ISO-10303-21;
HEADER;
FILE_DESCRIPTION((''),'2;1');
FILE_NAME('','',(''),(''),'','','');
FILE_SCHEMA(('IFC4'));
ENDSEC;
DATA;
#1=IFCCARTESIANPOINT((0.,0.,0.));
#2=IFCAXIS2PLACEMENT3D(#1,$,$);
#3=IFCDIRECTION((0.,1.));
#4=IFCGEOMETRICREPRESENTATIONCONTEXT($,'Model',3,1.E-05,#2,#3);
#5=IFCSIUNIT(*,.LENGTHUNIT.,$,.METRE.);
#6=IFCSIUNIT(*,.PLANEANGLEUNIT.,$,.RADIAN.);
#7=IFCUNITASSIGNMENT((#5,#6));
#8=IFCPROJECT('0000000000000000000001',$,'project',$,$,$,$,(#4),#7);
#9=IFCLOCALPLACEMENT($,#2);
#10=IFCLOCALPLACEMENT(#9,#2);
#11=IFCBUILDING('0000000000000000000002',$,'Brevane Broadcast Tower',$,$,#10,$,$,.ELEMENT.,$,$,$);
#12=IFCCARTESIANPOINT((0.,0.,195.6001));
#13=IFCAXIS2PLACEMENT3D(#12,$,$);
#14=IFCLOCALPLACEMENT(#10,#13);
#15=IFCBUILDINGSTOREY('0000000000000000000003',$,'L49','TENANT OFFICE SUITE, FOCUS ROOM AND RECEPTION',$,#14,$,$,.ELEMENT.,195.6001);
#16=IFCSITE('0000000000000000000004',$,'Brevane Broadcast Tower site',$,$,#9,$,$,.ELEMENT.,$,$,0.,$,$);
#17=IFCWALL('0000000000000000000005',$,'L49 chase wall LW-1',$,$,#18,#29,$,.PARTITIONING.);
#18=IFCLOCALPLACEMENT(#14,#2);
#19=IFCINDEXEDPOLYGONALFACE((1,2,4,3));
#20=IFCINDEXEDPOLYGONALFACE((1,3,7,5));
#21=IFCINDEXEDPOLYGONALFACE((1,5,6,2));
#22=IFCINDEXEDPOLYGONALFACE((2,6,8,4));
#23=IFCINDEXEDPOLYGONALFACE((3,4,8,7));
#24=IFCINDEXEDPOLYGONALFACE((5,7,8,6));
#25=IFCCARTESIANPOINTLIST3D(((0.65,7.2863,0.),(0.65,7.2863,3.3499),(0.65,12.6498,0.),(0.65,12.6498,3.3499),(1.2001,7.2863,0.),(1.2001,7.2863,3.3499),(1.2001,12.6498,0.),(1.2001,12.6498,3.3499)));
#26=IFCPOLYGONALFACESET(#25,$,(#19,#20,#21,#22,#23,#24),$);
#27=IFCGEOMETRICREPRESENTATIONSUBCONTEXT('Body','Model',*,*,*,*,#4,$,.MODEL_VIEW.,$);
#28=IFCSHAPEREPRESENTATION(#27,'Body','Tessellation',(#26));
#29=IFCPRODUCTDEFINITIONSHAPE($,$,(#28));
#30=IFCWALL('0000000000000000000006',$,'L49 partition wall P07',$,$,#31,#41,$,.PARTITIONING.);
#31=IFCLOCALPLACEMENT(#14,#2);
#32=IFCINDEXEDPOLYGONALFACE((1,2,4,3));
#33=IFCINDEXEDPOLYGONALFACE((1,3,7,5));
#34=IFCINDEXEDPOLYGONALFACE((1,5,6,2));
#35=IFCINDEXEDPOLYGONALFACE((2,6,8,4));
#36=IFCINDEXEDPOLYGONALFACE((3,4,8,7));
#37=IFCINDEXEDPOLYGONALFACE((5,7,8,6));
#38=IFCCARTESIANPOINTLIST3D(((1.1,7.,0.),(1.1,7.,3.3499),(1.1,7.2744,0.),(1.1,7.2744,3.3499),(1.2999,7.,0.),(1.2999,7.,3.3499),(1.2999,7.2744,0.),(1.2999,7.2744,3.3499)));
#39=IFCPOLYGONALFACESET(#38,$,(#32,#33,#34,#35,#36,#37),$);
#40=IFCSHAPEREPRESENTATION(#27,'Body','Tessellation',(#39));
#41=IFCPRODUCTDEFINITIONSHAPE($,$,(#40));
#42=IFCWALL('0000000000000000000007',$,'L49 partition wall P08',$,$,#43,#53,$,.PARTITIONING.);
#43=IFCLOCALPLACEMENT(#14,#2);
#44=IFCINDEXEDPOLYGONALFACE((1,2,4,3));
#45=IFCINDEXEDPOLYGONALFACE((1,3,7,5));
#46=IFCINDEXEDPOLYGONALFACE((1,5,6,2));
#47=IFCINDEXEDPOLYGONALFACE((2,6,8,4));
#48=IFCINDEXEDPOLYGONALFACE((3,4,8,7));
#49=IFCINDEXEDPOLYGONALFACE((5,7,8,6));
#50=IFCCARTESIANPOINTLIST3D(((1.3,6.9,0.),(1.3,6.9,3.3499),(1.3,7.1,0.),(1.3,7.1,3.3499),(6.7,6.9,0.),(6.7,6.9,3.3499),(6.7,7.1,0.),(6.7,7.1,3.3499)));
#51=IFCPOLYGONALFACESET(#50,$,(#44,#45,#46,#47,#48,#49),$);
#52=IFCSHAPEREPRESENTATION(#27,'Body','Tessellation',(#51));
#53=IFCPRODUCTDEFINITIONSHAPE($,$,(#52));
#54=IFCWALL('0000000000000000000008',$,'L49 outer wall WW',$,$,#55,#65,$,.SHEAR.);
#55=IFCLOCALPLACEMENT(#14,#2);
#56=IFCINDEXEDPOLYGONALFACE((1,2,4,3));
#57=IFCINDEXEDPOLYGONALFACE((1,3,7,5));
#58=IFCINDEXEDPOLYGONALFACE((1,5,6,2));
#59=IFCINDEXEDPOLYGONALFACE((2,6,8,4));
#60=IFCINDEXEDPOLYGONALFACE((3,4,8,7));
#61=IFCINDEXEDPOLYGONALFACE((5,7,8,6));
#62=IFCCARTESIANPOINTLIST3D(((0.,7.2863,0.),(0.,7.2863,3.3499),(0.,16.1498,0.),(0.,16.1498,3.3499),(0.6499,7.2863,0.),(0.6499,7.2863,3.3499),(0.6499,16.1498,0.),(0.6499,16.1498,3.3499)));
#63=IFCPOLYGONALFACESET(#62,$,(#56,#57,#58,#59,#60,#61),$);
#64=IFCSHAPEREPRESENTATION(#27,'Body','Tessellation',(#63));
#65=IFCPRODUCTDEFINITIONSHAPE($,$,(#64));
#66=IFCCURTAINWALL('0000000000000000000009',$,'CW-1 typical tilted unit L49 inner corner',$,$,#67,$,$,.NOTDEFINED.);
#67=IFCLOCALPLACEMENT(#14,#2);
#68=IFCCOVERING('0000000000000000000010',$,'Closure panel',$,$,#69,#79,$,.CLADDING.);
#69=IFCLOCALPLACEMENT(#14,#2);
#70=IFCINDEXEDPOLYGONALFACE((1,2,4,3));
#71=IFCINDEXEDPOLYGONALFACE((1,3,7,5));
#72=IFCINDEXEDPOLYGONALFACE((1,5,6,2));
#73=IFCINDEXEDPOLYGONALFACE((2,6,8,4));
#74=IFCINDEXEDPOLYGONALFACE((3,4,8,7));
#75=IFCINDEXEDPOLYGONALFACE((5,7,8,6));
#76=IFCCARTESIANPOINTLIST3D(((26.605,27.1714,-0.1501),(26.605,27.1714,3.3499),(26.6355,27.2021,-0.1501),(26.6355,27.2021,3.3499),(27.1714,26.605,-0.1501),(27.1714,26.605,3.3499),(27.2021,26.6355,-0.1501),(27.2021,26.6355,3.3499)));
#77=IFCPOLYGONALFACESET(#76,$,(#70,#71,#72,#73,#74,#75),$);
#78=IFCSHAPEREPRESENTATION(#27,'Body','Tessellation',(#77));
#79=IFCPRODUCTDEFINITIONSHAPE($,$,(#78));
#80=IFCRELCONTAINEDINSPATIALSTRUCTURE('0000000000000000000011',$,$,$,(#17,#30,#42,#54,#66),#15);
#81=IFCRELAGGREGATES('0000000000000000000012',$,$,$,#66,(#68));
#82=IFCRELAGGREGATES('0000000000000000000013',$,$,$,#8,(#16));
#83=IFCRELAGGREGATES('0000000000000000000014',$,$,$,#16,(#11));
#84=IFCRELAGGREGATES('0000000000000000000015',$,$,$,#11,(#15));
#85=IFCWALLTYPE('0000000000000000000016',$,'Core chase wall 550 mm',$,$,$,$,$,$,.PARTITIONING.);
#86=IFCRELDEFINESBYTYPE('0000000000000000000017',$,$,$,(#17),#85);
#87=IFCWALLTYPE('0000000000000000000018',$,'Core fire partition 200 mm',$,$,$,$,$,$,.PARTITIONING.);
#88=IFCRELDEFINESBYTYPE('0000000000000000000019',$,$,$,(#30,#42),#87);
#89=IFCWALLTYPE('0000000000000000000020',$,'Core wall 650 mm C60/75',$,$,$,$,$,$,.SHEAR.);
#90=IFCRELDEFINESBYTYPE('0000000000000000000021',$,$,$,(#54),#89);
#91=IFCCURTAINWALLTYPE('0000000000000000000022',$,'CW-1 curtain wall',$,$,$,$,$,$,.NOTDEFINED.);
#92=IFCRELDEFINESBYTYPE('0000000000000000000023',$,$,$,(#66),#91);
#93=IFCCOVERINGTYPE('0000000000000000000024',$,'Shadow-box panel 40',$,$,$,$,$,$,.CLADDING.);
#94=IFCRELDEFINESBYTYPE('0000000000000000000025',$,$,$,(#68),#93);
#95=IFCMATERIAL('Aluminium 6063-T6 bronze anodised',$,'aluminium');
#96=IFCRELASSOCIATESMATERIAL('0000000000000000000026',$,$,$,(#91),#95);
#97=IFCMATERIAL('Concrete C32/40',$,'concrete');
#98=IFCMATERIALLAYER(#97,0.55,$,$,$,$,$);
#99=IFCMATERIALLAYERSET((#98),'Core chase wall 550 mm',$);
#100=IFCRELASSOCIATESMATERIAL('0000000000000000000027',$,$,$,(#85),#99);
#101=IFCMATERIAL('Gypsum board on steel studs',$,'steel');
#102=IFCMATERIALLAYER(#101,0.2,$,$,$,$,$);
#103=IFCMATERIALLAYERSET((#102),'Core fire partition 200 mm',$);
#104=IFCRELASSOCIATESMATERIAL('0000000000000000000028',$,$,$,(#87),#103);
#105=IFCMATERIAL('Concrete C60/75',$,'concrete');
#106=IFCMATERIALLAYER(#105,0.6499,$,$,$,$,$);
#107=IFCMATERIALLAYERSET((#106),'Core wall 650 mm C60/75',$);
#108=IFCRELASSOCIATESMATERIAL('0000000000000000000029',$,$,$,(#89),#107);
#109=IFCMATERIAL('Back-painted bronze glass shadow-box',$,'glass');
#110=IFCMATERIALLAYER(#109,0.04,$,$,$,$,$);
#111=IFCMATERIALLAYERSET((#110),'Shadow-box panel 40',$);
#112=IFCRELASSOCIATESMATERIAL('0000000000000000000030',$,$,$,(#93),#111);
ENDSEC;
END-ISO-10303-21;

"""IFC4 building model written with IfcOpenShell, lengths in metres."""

from ifc_helpers import new_model, si_unit, direction, frame, frame_2d, origin, place, context, subcontext, project, spatial, polyline, rectangle, outline, extrude, material, layer, layer_set, type_object, element, aggregate, save


model = new_model("IFC4")

# Units and contexts
model_context = context("Model", 3, precision=1e-05, world=origin(), true_north=direction((0.0, 1.0)))
body_context = subcontext(model_context, "Body", "Model", "MODEL_VIEW")
ifc_project = project(units=[si_unit("LENGTHUNIT", "METRE"), si_unit("PLANEANGLEUNIT", "RADIAN")], contexts=[model_context])

# Site, building, storey
site_placement = place(None, origin())
site = spatial("IfcSite", under=ifc_project, at=site_placement, Name="Brevane Broadcast Tower site", CompositionType="ELEMENT", RefElevation=0.0)
building_placement = place(site_placement, origin())
building = spatial("IfcBuilding", under=site, at=building_placement, Name="Brevane Broadcast Tower", CompositionType="ELEMENT")
storey_placement = place(building_placement, frame((0.0, 0.0, 195.6001)))
storey = spatial("IfcBuildingStorey", under=building, at=storey_placement, Name="L49", Description="TENANT OFFICE SUITE, FOCUS ROOM AND RECEPTION", CompositionType="ELEMENT", Elevation=195.6001)

# Shared definitions
ifc_material_1 = material(Name="Aluminium 6063-T6 bronze anodised", Category="aluminium")
curtain_wall_type = type_object("IfcCurtainWallType", Name="CW-1 curtain wall", PredefinedType="NOTDEFINED", material=ifc_material_1)

# Walls
ifc_material_2 = material(Name="Concrete C32/40", Category="concrete")
ifc_layer_1 = layer(ifc_material_2, 0.55)
ifc_layer_set_1 = layer_set([ifc_layer_1], Name="Core chase wall 550 mm")
wall_type_1 = type_object("IfcWallType", Name="Core chase wall 550 mm", PredefinedType="PARTITIONING", material=ifc_layer_set_1)
wall_1_placement = place(storey_placement, frame((0.925, 7.2864, 0.0), z_axis=(0.0, 0.0, 1.0), x_axis=(0.0, 1.0, 0.0)))
element("IfcWall", 1, at=wall_1_placement, inside=storey, type_object=wall_type_1, Name="L49 chase wall LW-1", PredefinedType="PARTITIONING", context=body_context, shape_type="SweptSolid", body=[
    extrude(rectangle(XDim=5.3635, YDim=0.55, at=frame_2d((2.6816, 0.0))), origin(), (0.0, 0.0, 1.0), 3.3499),
])
ifc_material_3 = material(Name="Gypsum board on steel studs", Category="steel")
ifc_layer_2 = layer(ifc_material_3, 0.2)
ifc_layer_set_2 = layer_set([ifc_layer_2], Name="Core fire partition 200 mm")
wall_type_2 = type_object("IfcWallType", Name="Core fire partition 200 mm", PredefinedType="PARTITIONING", material=ifc_layer_set_2)
wall_2_placement = place(storey_placement, frame((1.2, 7.2744, 0.0), z_axis=(0.0, 0.0, 1.0), x_axis=(0.0, -1.0, 0.0)))
element("IfcWall", 2, at=wall_2_placement, inside=storey, type_object=wall_type_2, Name="L49 partition wall P07", PredefinedType="PARTITIONING", context=body_context, shape_type="SweptSolid", body=[
    extrude(rectangle(XDim=0.2744, YDim=0.2, at=frame_2d((0.1372, 0.0))), origin(), (0.0, 0.0, 1.0), 3.3499),
])
wall_3_placement = place(storey_placement, frame((1.3, 7.0, 0.0), z_axis=(0.0, 0.0, 1.0), x_axis=(1.0, 0.0, 0.0)))
element("IfcWall", 3, at=wall_3_placement, inside=storey, type_object=wall_type_2, Name="L49 partition wall P08", PredefinedType="PARTITIONING", context=body_context, shape_type="SweptSolid", body=[
    extrude(rectangle(XDim=5.3999, YDim=0.2, at=frame_2d((2.7, 0.0))), origin(), (0.0, 0.0, 1.0), 3.3499),
])
ifc_material_4 = material(Name="Concrete C60/75", Category="concrete")
ifc_layer_3 = layer(ifc_material_4, 0.6499)
ifc_layer_set_3 = layer_set([ifc_layer_3], Name="Core wall 650 mm C60/75")
wall_type_3 = type_object("IfcWallType", Name="Core wall 650 mm C60/75", PredefinedType="SHEAR", material=ifc_layer_set_3)
wall_4_placement = place(storey_placement, frame((0.325, 7.2864, 0.0), z_axis=(0.0, 0.0, 1.0), x_axis=(0.0, 1.0, 0.0)))
element("IfcWall", 4, at=wall_4_placement, inside=storey, type_object=wall_type_3, Name="L49 outer wall WW", PredefinedType="SHEAR", context=body_context, shape_type="SweptSolid", body=[
    extrude(rectangle(XDim=8.8635, YDim=0.6499, at=frame_2d((4.4316, 0.0))), origin(), (0.0, 0.0, 1.0), 3.3499),
])

# Curtain wall, covering
curtain_wall_1_placement = place(storey_placement, origin())
curtain_wall_1 = element("IfcCurtainWall", 5, at=curtain_wall_1_placement, inside=storey, type_object=curtain_wall_type, Name="CW-1 typical tilted unit L49 inner corner", PredefinedType="NOTDEFINED")
ifc_material_5 = material(Name="Back-painted bronze glass shadow-box", Category="glass")
ifc_layer_4 = layer(ifc_material_5, 0.04)
ifc_layer_set_4 = layer_set([ifc_layer_4], Name="Shadow-box panel 40")
covering_type = type_object("IfcCoveringType", Name="Shadow-box panel 40", PredefinedType="CLADDING", material=ifc_layer_set_4)
covering_placement = place(storey_placement, frame((0.0, 0.0, -0.1501)))
covering = element("IfcCovering", 6, at=covering_placement, type_object=covering_type, Name="Closure panel", PredefinedType="CLADDING", context=body_context, shape_type="SweptSolid", body=[
    extrude(outline(polyline([(27.1714, 26.605), (27.2021, 26.6355), (26.6355, 27.2021), (26.605, 27.1714), (27.1714, 26.605)])), origin(), (0.0, 0.0, 1.0), 3.5),
])
aggregate(curtain_wall_1, [covering])

save(model, "model.ifc")
